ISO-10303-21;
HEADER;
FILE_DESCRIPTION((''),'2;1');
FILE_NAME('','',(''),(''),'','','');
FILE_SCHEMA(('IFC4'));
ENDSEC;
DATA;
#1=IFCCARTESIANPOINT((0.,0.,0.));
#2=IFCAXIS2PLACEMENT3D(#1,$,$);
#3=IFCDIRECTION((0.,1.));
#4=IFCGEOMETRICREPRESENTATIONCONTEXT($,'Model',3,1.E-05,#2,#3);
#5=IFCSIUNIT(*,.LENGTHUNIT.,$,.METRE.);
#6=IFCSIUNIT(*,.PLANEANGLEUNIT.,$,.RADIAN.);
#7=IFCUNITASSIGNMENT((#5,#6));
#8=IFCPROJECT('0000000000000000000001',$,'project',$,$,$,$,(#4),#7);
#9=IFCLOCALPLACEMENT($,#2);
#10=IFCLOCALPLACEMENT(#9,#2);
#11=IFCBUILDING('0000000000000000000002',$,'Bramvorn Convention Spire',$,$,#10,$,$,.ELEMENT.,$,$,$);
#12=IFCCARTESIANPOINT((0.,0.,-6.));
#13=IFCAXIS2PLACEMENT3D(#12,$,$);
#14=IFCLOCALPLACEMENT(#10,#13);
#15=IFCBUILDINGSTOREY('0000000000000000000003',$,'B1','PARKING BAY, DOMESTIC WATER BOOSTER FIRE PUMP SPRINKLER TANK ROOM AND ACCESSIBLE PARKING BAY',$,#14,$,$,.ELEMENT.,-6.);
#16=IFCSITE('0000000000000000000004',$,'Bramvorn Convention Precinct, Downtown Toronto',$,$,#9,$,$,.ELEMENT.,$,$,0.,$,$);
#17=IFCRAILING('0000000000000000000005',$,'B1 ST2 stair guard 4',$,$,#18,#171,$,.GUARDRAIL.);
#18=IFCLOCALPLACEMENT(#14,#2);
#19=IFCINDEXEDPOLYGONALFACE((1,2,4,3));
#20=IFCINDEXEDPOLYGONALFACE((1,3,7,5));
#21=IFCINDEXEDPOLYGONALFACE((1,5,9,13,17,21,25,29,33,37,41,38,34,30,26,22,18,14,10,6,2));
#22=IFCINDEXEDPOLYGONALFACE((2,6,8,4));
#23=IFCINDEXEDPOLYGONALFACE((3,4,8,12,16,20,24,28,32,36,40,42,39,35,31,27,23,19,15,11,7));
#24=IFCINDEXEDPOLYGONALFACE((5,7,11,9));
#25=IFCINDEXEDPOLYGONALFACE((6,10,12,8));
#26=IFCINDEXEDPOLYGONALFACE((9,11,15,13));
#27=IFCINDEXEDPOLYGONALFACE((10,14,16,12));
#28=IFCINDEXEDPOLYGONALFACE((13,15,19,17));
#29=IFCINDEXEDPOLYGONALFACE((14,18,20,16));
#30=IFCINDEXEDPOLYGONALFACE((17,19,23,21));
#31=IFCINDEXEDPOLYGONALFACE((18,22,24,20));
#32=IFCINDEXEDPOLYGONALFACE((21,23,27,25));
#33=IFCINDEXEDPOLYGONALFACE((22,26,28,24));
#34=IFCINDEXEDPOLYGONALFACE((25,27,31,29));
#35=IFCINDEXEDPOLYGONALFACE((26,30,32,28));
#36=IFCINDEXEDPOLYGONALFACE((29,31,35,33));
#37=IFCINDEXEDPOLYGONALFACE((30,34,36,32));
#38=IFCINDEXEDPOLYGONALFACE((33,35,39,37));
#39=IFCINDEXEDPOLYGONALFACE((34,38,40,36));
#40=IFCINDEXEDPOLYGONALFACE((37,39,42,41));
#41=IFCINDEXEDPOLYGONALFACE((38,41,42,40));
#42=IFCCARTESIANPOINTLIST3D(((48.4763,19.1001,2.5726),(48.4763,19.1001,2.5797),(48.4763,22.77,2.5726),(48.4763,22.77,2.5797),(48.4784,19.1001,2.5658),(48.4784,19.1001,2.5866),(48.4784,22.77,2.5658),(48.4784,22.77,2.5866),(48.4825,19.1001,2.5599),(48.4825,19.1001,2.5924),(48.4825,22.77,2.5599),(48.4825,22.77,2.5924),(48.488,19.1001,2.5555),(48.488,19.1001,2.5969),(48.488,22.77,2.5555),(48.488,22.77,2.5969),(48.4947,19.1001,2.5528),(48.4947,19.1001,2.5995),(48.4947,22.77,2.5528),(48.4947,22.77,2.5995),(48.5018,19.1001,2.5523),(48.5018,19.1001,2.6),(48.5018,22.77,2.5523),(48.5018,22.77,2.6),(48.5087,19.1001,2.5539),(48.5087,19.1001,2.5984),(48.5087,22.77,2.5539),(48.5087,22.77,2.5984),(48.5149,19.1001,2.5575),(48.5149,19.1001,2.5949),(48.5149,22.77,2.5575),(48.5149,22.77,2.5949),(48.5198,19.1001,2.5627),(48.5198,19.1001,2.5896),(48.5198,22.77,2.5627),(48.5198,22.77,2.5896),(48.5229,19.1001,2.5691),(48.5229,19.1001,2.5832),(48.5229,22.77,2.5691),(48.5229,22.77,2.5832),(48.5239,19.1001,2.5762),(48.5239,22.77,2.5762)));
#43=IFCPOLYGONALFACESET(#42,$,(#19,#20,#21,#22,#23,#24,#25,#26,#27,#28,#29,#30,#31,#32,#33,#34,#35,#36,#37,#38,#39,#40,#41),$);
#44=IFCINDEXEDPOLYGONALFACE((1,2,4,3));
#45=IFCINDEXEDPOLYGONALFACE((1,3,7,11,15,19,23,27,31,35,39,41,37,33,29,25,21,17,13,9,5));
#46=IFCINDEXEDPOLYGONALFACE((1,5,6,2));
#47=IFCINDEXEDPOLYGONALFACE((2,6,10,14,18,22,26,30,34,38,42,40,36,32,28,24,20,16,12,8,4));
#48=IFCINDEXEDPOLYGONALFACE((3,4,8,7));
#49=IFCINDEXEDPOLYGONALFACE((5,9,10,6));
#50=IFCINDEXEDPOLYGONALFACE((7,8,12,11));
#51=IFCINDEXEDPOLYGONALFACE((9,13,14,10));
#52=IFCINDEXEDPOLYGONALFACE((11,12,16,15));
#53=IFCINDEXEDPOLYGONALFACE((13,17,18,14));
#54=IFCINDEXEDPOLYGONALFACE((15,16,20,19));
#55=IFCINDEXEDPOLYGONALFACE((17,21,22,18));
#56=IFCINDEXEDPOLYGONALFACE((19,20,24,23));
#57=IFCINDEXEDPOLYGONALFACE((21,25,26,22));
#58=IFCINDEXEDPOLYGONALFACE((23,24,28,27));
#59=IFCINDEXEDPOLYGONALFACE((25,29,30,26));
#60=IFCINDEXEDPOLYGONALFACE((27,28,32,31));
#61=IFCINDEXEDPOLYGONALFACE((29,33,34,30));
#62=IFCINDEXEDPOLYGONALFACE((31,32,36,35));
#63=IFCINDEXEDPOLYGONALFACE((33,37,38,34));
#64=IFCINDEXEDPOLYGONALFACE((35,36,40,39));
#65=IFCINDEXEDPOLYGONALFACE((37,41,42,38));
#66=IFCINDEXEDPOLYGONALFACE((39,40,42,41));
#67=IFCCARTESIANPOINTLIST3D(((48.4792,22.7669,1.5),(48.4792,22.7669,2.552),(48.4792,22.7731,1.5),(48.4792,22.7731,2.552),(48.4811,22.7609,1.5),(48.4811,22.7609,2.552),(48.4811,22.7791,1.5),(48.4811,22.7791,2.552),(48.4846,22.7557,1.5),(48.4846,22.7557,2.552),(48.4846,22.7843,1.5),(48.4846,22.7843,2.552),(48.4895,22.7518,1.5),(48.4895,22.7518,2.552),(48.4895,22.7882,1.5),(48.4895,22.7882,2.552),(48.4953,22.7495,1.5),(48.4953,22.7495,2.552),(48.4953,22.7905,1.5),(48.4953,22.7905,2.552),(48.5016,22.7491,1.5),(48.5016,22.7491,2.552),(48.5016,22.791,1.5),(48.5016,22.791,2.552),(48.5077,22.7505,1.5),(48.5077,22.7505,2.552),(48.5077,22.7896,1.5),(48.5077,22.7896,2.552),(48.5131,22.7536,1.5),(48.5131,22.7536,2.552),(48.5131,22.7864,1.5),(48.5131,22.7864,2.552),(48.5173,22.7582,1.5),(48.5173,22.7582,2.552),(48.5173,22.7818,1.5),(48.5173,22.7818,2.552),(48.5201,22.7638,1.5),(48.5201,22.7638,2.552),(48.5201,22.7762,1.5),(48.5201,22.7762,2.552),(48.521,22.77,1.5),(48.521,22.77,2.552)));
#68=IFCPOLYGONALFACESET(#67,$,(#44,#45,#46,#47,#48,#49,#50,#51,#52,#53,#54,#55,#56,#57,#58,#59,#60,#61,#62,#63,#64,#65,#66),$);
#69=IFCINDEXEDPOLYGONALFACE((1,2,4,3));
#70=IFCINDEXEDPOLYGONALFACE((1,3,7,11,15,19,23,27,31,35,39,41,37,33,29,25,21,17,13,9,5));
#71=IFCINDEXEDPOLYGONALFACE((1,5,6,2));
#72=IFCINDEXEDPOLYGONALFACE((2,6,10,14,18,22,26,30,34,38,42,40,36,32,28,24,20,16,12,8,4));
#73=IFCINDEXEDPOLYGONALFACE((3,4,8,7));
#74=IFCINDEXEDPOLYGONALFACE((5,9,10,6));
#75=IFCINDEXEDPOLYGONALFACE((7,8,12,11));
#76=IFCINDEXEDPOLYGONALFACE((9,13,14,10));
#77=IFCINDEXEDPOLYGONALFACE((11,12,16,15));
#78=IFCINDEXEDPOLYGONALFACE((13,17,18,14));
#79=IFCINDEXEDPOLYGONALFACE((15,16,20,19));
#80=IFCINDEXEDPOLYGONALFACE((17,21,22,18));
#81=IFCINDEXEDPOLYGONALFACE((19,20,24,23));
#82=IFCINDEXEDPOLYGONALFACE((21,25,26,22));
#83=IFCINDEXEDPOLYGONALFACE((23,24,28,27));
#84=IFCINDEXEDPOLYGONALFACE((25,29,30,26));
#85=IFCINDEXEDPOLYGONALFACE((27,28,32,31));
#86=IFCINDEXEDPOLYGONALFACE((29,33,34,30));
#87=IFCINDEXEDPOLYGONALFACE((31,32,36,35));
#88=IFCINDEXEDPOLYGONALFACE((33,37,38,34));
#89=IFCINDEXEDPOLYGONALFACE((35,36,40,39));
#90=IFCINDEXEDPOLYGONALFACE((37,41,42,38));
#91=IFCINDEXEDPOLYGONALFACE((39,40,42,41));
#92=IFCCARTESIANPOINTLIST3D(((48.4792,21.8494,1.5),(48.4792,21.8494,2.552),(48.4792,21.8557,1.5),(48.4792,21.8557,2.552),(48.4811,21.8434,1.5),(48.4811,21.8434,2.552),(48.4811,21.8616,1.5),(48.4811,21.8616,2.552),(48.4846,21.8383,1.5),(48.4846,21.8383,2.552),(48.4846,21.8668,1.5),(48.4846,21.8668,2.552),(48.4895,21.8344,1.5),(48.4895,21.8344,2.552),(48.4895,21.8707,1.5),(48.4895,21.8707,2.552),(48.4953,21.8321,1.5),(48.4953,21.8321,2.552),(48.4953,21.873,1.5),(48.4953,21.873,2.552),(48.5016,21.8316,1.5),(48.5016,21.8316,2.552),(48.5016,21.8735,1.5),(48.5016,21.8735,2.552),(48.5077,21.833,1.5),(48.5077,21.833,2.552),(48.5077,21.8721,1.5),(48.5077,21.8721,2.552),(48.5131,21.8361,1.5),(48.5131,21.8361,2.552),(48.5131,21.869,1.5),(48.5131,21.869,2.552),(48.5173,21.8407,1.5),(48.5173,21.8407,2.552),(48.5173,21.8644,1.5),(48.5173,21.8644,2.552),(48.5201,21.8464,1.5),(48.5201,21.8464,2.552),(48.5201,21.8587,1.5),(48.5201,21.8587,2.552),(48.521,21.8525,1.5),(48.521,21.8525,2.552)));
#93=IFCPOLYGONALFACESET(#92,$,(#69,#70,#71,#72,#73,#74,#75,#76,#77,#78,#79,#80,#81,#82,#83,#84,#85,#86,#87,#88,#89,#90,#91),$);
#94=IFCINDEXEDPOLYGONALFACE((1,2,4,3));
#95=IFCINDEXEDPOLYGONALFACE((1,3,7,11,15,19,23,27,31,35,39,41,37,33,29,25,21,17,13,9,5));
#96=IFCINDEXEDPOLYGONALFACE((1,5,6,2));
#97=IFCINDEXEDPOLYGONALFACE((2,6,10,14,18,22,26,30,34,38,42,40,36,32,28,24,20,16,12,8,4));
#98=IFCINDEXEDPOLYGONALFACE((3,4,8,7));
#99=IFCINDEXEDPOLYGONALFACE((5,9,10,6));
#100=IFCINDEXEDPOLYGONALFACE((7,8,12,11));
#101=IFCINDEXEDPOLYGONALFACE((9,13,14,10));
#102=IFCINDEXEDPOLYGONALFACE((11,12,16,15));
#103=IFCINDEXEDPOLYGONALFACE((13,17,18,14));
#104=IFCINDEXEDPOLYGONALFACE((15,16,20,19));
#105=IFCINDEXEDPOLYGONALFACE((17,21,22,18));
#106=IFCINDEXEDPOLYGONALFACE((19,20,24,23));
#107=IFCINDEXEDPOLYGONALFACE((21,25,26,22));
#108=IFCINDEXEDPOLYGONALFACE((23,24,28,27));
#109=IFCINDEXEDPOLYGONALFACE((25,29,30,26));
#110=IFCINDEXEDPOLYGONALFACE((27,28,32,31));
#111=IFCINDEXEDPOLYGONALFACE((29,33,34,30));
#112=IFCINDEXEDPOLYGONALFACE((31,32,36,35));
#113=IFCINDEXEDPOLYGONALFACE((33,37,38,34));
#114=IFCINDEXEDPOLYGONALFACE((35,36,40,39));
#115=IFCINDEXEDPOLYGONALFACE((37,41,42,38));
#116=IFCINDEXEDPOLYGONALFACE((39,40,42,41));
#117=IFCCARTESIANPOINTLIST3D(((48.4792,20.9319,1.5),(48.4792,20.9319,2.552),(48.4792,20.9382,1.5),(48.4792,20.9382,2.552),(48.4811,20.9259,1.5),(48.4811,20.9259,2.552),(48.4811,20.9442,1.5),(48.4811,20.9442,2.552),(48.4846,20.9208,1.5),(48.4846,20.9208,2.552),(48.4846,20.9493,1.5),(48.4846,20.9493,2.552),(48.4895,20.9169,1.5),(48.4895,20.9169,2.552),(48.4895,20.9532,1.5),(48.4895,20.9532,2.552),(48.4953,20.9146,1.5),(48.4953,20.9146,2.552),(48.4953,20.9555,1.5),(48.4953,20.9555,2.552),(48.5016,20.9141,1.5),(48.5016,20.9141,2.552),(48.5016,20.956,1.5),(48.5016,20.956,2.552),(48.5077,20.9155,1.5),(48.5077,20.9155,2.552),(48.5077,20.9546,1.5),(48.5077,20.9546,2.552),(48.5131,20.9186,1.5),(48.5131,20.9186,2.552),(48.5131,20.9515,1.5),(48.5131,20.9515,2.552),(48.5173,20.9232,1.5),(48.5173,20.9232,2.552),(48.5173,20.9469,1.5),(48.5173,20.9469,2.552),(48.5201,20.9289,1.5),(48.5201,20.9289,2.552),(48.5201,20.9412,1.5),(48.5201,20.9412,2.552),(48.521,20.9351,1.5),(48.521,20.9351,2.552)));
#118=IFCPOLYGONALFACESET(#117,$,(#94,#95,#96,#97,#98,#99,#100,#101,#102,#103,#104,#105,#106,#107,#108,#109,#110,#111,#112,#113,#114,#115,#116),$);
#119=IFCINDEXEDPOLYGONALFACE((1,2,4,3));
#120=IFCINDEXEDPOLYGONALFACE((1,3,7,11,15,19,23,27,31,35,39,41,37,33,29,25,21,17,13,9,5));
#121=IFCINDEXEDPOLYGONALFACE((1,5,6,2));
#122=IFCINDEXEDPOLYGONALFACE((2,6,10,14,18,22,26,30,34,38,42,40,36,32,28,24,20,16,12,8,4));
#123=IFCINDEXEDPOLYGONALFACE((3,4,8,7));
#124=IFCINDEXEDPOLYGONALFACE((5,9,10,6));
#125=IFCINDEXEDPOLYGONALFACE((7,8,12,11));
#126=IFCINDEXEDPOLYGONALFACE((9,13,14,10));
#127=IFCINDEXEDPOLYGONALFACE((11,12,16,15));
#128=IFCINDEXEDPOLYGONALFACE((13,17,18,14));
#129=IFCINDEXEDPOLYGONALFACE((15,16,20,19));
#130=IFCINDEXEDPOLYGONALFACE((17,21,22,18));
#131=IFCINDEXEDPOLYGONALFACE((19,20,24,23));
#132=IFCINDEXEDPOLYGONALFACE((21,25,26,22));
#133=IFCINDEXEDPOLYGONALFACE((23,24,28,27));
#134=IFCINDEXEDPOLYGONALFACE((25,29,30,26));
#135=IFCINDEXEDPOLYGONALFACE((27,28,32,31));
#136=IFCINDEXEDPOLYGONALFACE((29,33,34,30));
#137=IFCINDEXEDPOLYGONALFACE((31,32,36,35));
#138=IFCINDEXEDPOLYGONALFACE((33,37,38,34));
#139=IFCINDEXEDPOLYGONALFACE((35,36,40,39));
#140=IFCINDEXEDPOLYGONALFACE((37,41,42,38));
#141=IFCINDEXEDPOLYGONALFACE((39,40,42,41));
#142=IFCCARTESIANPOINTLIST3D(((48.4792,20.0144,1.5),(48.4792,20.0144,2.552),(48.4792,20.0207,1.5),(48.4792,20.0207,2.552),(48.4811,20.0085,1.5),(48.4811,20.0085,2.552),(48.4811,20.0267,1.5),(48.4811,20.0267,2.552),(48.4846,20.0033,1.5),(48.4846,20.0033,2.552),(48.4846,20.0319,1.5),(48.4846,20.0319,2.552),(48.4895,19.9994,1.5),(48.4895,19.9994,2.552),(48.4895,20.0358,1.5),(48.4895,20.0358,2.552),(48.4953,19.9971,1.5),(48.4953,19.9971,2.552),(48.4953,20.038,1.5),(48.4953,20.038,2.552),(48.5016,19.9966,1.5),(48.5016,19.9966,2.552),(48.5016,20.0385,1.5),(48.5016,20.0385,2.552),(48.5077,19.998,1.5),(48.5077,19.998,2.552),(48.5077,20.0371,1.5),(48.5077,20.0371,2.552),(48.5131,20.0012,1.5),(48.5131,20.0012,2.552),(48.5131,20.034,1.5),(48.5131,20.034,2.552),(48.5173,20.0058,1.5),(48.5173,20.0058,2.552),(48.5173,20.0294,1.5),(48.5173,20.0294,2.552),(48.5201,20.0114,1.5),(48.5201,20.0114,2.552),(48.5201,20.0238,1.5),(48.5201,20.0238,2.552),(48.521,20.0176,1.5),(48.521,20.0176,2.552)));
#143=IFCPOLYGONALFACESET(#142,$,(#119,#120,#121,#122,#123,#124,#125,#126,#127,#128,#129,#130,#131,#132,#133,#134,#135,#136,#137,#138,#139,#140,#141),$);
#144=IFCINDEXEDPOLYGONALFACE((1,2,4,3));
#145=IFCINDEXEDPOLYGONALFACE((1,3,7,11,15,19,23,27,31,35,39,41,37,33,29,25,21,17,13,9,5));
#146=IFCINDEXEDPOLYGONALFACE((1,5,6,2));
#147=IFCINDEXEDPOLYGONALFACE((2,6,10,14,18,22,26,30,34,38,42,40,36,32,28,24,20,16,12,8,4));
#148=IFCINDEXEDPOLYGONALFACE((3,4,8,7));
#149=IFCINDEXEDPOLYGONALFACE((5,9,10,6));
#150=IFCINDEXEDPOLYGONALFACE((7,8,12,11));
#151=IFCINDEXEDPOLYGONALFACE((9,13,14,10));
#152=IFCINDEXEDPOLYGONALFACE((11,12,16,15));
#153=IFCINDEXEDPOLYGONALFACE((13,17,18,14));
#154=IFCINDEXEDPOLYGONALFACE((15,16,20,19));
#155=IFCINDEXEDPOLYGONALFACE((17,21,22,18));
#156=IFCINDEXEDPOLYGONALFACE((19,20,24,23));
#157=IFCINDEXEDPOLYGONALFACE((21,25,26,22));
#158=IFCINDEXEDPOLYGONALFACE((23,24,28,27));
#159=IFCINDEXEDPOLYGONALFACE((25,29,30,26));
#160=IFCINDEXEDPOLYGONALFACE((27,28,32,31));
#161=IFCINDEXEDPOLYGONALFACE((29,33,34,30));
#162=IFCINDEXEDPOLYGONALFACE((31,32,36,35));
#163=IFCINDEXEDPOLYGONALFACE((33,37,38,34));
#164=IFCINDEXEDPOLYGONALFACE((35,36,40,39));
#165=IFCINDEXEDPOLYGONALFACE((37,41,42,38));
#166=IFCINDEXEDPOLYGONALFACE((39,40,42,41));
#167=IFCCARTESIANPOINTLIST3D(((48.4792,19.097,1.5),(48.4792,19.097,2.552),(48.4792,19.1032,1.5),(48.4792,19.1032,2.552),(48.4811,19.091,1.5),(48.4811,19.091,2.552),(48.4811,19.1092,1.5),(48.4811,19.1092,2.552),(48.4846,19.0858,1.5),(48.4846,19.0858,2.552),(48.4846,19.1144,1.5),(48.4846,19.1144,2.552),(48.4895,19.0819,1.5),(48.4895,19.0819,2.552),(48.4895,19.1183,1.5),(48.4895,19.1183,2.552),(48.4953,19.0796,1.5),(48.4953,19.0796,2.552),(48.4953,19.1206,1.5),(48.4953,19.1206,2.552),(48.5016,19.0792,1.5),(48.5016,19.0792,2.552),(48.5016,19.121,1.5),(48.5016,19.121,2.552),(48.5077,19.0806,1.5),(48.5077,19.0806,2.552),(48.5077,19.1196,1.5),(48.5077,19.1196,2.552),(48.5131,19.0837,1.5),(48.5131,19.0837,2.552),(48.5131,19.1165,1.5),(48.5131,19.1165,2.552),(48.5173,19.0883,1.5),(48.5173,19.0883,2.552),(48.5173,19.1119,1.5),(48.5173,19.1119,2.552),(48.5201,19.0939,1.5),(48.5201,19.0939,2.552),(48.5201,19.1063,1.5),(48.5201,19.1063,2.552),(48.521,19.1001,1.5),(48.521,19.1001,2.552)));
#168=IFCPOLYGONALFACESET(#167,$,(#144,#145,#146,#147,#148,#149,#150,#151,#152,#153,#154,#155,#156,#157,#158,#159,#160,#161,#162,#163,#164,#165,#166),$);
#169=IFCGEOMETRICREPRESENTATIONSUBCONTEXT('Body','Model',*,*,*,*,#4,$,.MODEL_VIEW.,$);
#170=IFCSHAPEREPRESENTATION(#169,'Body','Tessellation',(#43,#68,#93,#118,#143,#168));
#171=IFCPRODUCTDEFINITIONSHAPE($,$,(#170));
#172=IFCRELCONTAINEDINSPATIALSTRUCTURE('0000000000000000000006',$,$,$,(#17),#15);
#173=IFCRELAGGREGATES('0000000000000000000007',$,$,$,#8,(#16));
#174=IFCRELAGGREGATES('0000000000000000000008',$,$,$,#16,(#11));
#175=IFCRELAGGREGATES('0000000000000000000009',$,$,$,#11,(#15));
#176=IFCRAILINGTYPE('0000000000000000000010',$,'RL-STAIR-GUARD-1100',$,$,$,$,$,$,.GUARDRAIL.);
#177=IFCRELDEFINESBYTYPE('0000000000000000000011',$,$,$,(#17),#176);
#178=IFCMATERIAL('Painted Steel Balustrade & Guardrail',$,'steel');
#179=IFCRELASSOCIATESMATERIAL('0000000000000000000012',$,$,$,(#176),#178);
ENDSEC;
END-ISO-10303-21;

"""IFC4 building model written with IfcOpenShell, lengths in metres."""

from ifc_helpers import new_model, si_unit, direction, frame, origin, origin_2d, place, context, subcontext, project, spatial, circle, extrude, material, type_object, element, save


model = new_model("IFC4")

# Units and contexts
model_context = context("Model", 3, precision=1e-05, world=origin(), true_north=direction((0.0, 1.0)))
body_context = subcontext(model_context, "Body", "Model", "MODEL_VIEW")
ifc_project = project(units=[si_unit("LENGTHUNIT", "METRE"), si_unit("PLANEANGLEUNIT", "RADIAN")], contexts=[model_context])

# Site, building, storey
site_placement = place(None, origin())
site = spatial("IfcSite", under=ifc_project, at=site_placement, Name="Bramvorn Convention Precinct, Downtown Toronto", CompositionType="ELEMENT", RefElevation=0.0)
building_placement = place(site_placement, origin())
building = spatial("IfcBuilding", under=site, at=building_placement, Name="Bramvorn Convention Spire", CompositionType="ELEMENT")
storey_placement = place(building_placement, frame((0.0, 0.0, -6.0)))
storey = spatial("IfcBuildingStorey", under=building, at=storey_placement, Name="B1", Description="PARKING BAY, DOMESTIC WATER BOOSTER FIRE PUMP SPRINKLER TANK ROOM AND ACCESSIBLE PARKING BAY", CompositionType="ELEMENT", Elevation=-6.0)

# Railing
ifc_material_1 = material(Name="Painted Steel Balustrade & Guardrail", Category="steel")
railing_type_1 = type_object("IfcRailingType", Name="RL-STAIR-GUARD-1100", PredefinedType="GUARDRAIL", material=ifc_material_1)
for number, where, name in (
    (1, (48.5, 22.77, 1.5), "B1 ST2 stair guard 4"),
):
    element("IfcRailing", number, at=place(storey_placement, frame(where)), inside=storey, type_object=railing_type_1, Name=name, PredefinedType="GUARDRAIL", context=body_context, shape_type="SweptSolid", body=[
        extrude(circle(Radius=0.0239, at=origin_2d()), frame((0.0, 0.0, 1.0762), z_axis=(0.0, -1.0, 0.0), x_axis=(1.0, 0.0, 0.0)), (0.0, 0.0, 1.0), 3.6699),
        extrude(circle(Radius=0.021, at=origin_2d()), origin(), (0.0, 0.0, 1.0), 1.052),
        extrude(circle(Radius=0.021, at=origin_2d()), frame((0.0, -0.9175, 0.0)), (0.0, 0.0, 1.0), 1.052),
        extrude(circle(Radius=0.021, at=origin_2d()), frame((0.0, -1.835, 0.0)), (0.0, 0.0, 1.0), 1.052),
        extrude(circle(Radius=0.021, at=origin_2d()), frame((0.0, -2.7524, 0.0)), (0.0, 0.0, 1.0), 1.052),
        extrude(circle(Radius=0.021, at=origin_2d()), frame((0.0, -3.6699, 0.0)), (0.0, 0.0, 1.0), 1.052),
    ])

save(model, "model.ifc")
